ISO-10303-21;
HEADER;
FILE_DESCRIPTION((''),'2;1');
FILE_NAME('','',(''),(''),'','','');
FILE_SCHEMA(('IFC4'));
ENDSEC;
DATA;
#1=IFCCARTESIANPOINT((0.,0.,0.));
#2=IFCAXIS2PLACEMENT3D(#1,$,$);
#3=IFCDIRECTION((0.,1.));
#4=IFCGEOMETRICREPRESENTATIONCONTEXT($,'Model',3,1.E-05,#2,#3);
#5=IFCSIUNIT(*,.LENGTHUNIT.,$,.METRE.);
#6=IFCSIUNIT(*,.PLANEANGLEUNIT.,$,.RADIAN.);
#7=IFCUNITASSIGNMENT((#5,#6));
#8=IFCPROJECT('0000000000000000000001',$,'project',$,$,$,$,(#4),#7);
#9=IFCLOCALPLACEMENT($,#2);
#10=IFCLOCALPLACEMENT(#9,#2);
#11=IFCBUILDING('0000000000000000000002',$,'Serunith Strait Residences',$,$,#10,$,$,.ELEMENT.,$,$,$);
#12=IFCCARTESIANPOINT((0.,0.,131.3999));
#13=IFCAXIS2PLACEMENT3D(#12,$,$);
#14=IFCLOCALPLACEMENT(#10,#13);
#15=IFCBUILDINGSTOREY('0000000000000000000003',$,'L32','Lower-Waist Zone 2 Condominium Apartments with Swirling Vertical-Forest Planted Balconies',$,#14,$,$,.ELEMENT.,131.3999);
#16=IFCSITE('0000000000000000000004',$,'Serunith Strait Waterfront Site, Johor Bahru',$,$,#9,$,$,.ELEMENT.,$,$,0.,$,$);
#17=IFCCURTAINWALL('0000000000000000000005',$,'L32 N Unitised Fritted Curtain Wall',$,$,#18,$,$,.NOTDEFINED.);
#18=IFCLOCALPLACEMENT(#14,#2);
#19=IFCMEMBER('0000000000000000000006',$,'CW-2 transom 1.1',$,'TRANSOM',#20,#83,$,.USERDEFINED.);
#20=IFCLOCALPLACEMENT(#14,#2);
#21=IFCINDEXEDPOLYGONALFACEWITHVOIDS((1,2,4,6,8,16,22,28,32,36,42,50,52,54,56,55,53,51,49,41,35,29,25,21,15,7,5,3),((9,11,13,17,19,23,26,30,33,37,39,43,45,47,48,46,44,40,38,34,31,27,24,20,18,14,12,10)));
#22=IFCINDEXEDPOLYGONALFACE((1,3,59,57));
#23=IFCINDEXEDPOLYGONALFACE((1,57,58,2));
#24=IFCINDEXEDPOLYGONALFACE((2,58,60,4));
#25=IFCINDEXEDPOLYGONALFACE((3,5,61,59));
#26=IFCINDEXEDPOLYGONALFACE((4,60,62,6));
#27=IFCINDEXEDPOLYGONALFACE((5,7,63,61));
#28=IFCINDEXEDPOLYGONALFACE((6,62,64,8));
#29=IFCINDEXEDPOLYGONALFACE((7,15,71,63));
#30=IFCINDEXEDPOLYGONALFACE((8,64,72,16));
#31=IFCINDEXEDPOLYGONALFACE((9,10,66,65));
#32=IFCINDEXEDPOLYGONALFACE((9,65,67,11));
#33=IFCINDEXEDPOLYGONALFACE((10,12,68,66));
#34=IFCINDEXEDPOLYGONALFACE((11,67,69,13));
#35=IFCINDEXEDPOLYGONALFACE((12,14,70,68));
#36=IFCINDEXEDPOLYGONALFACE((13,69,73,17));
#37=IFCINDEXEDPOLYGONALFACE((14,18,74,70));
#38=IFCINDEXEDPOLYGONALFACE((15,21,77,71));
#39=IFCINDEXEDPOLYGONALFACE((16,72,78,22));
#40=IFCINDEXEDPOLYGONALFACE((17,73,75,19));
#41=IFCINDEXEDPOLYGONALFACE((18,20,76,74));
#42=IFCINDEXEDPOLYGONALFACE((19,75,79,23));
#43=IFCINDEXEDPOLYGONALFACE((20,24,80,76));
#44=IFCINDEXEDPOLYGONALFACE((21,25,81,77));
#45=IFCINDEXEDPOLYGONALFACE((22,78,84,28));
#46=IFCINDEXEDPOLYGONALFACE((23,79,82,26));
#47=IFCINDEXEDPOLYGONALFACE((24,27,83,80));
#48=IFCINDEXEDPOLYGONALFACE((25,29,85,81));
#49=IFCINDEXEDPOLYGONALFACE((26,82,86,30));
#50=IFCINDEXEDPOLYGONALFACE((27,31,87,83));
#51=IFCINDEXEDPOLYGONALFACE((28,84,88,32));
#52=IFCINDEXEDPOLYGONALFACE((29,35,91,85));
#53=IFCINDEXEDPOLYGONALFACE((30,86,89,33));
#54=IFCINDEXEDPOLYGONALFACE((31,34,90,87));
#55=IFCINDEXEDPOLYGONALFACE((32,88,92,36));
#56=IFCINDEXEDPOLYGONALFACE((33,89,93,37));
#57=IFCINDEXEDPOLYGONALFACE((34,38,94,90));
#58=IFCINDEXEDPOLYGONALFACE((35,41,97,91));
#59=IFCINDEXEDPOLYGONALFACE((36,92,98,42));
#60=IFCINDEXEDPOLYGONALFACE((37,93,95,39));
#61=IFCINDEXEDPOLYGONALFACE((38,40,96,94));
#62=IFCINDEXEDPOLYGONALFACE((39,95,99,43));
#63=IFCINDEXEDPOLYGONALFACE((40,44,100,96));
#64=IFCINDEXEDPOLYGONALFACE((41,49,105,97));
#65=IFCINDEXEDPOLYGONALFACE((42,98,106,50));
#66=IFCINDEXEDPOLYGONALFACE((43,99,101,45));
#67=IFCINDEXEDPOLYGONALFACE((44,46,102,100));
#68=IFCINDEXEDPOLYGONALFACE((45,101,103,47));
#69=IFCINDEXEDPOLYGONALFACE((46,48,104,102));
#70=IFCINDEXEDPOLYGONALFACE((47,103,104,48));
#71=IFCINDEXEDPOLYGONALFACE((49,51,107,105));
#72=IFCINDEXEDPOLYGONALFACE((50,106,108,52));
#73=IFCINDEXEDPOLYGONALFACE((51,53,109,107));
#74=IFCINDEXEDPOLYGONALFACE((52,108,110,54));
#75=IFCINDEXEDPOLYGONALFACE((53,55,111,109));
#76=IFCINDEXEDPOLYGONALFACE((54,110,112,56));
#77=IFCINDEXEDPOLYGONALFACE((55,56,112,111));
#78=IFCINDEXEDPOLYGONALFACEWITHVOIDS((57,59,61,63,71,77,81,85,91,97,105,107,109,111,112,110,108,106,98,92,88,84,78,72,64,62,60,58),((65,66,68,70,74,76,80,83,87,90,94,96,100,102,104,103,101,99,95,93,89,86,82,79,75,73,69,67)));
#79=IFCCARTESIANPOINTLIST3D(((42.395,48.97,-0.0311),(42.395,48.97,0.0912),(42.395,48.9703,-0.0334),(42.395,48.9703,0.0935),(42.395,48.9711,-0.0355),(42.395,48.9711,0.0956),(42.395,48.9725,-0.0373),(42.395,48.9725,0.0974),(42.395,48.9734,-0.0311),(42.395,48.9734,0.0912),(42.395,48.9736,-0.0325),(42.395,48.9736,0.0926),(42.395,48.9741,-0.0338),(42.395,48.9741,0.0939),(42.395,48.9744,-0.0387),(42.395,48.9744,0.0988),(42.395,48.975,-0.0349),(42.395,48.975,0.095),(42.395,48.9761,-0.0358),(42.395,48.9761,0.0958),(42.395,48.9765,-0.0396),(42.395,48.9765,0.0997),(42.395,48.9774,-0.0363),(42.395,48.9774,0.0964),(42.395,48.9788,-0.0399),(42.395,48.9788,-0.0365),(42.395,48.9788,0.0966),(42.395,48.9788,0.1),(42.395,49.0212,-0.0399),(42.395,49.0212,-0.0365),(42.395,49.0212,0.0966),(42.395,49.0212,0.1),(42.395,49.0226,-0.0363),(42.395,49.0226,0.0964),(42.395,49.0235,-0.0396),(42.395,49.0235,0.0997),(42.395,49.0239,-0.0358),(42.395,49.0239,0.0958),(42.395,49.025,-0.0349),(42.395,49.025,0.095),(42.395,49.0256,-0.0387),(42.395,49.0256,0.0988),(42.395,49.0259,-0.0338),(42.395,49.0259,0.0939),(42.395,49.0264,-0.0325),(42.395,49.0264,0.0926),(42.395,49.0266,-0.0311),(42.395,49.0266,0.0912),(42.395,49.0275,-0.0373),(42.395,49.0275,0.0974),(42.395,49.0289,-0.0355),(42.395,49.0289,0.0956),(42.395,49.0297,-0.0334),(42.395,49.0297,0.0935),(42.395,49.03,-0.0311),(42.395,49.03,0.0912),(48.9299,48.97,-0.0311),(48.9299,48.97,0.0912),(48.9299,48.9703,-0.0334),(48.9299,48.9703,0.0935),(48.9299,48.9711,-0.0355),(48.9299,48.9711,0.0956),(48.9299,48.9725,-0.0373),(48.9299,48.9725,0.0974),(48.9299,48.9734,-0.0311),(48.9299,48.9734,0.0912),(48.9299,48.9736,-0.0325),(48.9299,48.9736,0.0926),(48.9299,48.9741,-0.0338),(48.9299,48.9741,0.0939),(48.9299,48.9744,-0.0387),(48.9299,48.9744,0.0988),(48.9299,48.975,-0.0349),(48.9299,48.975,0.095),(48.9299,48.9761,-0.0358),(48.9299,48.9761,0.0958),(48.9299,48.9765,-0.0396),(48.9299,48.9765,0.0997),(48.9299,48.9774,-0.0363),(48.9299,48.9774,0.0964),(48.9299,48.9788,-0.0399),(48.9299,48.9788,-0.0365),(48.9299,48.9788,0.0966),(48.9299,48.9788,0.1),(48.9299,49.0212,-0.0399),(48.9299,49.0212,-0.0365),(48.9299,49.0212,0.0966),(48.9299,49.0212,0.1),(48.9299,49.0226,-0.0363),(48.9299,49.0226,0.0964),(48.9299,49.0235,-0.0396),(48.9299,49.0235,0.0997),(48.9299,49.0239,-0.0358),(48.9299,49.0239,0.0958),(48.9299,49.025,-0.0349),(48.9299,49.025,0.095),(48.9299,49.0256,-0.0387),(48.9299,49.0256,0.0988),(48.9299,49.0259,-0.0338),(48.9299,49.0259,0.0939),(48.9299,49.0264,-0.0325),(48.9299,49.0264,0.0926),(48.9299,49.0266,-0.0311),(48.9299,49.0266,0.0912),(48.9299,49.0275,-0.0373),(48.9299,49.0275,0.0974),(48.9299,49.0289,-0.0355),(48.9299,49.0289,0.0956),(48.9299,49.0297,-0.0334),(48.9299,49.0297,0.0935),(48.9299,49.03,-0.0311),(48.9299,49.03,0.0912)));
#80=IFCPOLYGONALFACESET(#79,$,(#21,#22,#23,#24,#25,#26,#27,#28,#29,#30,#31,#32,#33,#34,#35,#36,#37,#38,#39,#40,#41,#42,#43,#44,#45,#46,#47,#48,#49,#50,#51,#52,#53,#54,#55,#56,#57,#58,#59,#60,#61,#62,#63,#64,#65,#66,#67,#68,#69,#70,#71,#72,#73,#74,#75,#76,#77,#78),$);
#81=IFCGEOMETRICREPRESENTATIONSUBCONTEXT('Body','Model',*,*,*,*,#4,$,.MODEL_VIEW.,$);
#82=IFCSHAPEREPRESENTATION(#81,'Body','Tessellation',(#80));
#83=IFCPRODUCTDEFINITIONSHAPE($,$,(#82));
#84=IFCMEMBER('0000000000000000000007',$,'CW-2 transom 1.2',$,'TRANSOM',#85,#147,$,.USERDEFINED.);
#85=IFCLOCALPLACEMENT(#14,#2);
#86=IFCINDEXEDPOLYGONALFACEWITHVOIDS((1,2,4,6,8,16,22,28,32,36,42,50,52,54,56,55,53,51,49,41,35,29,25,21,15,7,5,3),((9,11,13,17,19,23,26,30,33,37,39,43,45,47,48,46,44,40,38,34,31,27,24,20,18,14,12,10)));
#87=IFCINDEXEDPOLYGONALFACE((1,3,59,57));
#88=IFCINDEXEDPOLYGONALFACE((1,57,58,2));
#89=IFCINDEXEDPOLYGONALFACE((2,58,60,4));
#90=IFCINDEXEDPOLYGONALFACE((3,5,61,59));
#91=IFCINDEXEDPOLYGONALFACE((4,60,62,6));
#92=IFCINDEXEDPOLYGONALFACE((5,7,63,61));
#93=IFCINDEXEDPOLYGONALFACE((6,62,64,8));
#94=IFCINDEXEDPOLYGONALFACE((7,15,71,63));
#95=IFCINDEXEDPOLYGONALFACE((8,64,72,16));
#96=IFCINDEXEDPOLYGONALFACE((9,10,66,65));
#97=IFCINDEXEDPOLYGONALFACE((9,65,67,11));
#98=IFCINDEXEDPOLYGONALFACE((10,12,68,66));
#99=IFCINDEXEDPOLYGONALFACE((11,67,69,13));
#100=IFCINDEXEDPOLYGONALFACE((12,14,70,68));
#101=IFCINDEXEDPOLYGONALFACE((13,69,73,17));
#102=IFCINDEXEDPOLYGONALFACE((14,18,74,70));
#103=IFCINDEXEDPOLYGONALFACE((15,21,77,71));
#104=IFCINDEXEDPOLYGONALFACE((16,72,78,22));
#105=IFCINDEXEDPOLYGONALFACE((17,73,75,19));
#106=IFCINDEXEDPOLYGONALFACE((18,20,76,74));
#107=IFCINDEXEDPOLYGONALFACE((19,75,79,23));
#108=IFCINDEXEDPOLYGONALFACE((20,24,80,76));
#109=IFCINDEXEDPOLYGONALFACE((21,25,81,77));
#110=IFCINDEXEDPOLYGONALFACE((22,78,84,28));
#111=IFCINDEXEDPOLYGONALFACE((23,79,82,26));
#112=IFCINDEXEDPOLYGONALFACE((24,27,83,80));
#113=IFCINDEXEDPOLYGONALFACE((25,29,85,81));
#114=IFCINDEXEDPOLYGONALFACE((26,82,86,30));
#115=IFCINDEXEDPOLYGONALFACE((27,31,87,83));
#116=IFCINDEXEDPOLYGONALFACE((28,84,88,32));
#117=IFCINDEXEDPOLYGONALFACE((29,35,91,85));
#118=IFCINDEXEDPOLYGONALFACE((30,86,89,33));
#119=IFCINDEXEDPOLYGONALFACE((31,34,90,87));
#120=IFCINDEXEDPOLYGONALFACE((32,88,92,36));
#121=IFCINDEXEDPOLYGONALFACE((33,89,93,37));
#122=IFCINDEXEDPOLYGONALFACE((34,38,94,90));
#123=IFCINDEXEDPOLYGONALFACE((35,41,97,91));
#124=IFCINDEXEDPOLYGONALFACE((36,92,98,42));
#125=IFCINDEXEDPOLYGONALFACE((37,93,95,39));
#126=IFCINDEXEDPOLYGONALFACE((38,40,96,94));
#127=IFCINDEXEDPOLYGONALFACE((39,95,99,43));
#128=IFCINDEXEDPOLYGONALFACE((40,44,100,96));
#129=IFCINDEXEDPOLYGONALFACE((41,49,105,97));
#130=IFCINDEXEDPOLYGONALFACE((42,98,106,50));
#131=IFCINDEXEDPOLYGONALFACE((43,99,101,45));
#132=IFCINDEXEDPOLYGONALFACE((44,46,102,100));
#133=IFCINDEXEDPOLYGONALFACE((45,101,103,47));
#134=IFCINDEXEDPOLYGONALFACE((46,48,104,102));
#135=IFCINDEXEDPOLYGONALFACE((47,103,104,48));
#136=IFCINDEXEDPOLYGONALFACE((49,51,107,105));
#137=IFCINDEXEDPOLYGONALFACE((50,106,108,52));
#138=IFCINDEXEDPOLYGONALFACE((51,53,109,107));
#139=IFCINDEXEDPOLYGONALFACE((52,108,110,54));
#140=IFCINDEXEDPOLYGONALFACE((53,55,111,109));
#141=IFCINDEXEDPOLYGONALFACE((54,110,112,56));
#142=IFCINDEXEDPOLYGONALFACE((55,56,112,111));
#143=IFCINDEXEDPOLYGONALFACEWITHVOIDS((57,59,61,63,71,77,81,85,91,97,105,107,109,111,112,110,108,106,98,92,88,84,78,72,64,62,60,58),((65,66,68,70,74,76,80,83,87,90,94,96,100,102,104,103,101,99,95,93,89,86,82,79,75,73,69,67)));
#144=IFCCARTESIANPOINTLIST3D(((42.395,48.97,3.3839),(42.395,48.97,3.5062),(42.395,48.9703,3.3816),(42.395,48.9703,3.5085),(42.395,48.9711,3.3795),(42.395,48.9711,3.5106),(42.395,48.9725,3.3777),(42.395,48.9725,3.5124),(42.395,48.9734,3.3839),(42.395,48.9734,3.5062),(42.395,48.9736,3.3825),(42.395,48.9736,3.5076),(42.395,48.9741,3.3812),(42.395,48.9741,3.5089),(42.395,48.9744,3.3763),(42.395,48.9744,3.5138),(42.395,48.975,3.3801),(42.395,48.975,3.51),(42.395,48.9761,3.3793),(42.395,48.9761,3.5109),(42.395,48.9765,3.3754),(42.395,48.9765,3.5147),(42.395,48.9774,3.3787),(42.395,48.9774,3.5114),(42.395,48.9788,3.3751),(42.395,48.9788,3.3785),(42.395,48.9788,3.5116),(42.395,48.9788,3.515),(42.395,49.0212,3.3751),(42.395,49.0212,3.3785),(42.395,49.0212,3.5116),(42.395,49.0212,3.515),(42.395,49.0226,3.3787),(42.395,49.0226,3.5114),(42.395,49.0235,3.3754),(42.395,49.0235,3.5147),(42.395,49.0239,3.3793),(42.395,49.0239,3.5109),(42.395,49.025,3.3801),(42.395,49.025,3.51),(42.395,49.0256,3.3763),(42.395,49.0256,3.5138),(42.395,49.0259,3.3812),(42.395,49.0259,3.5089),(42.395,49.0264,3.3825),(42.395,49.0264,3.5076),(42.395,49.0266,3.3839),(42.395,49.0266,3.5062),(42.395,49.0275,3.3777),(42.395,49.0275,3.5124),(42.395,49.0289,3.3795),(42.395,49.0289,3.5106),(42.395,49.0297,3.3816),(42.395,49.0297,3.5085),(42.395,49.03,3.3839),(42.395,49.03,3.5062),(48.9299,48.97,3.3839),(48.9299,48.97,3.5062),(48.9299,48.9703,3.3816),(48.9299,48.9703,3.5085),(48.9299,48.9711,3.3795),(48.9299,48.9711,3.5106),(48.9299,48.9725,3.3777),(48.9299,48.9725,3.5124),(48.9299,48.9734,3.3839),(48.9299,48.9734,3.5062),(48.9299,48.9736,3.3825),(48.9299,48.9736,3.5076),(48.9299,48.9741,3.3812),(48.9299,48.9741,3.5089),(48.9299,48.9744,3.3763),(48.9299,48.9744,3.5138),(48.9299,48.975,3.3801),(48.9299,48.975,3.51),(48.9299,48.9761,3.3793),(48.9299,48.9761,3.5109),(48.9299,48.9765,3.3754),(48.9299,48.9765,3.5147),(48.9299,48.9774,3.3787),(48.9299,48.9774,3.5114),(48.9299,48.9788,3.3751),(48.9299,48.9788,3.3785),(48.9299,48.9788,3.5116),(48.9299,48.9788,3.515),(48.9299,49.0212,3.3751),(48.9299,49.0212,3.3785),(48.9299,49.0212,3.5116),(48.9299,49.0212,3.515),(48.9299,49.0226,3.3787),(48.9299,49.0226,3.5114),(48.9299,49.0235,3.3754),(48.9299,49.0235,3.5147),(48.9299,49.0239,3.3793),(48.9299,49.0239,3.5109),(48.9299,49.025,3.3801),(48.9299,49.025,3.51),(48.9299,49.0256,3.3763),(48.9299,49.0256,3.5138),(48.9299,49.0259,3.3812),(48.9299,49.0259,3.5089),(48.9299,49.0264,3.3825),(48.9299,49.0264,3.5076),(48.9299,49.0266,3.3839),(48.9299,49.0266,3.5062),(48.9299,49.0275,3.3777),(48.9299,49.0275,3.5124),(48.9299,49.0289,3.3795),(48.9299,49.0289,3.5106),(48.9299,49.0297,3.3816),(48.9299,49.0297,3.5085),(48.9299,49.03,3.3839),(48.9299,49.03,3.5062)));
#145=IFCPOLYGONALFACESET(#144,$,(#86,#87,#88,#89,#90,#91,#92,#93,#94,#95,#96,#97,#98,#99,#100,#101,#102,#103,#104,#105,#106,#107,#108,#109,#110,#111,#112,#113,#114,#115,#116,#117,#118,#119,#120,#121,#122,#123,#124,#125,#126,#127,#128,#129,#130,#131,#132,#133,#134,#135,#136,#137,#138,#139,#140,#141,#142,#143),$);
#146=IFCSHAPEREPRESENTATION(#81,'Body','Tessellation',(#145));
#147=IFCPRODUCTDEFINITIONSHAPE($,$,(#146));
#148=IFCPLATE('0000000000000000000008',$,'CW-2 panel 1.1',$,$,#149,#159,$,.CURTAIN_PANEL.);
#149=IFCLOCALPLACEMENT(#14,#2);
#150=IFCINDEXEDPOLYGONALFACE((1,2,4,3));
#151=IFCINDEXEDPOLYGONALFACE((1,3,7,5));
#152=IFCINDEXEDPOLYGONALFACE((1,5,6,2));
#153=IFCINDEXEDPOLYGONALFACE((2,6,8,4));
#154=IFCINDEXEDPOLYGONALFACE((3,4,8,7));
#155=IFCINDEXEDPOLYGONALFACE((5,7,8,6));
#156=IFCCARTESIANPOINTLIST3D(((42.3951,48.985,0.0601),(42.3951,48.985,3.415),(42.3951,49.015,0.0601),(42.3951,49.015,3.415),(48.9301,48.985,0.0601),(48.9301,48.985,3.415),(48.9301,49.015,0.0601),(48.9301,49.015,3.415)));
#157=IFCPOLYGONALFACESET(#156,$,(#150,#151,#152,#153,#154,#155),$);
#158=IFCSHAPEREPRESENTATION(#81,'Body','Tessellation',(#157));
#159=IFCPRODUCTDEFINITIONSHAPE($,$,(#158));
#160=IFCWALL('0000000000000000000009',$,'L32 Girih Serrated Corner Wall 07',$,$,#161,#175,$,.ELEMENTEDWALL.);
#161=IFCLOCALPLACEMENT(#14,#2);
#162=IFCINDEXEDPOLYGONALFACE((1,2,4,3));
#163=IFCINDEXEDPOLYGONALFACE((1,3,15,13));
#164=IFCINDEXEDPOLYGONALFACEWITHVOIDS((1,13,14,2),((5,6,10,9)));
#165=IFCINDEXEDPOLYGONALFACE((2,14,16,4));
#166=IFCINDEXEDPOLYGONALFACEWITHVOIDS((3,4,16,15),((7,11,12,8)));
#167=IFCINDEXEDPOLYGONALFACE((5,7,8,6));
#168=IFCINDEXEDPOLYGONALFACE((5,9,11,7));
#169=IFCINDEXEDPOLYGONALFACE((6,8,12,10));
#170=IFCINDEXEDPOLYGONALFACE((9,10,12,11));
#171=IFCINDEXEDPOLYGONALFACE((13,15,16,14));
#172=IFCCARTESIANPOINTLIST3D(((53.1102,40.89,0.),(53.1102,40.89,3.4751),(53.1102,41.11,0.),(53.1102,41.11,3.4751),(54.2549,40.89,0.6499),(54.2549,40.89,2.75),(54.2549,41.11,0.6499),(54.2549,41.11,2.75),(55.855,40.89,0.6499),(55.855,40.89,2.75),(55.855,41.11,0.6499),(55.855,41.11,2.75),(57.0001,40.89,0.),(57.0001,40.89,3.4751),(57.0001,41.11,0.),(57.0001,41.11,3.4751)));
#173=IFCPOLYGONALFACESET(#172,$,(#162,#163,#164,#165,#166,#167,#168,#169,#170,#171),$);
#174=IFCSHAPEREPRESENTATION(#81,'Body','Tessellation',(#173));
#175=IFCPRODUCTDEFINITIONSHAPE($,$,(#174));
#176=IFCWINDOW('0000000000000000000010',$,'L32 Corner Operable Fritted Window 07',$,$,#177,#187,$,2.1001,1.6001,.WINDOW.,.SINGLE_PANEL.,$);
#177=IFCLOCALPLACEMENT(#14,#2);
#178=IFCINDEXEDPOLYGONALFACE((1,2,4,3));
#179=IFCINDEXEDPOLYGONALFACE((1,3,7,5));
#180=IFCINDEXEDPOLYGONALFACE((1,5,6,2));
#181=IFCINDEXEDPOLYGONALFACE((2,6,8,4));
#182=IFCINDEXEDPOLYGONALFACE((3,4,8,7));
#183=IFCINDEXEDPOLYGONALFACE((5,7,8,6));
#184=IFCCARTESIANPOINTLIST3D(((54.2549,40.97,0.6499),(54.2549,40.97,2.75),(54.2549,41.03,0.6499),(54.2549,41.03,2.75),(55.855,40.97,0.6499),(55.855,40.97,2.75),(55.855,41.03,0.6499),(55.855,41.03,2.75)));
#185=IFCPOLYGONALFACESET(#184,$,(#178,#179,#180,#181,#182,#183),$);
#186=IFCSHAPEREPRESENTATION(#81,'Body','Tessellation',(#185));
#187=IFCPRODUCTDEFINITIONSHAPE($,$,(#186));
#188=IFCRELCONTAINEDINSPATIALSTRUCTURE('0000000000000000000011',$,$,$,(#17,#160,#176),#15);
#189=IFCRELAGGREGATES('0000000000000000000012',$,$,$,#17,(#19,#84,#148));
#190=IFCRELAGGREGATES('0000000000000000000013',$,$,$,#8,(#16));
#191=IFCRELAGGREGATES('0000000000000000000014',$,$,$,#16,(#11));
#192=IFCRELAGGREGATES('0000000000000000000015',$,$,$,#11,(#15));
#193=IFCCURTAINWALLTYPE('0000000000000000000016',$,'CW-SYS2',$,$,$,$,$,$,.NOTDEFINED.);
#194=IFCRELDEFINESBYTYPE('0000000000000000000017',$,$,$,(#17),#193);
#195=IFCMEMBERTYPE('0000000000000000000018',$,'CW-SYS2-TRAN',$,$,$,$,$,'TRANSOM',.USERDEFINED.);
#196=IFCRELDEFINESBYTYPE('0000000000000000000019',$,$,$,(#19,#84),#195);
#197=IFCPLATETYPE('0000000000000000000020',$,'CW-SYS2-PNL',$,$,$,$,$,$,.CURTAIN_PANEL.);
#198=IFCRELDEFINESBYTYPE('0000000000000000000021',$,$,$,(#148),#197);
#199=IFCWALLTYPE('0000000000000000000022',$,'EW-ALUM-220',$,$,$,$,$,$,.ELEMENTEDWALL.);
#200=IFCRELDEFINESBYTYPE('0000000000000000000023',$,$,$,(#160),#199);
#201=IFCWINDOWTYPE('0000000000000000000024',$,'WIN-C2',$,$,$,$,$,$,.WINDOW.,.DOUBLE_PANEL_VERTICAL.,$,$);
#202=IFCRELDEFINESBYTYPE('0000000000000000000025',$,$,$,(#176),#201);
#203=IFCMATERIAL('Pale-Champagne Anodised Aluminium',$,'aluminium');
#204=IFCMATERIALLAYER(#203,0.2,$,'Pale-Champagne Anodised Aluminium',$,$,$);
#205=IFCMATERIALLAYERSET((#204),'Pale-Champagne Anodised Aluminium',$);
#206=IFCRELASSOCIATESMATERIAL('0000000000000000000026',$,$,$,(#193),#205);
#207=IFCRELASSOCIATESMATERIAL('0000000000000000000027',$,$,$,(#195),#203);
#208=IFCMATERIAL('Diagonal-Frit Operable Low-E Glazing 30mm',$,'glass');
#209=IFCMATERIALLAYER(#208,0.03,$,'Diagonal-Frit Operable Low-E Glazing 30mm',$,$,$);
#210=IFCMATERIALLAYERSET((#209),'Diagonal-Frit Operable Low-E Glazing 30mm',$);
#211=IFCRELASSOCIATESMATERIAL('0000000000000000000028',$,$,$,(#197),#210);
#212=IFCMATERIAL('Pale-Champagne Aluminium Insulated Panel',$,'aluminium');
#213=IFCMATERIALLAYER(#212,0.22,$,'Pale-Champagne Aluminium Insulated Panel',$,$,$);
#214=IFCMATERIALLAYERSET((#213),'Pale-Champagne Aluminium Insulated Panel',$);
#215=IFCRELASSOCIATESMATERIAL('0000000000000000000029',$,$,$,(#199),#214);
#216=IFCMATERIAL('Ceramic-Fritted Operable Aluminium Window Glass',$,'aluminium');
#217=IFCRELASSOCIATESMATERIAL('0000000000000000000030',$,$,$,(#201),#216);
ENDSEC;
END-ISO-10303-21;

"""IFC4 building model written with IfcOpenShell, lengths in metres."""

from ifc_helpers import new_model, si_unit, direction, frame, frame_2d, origin, origin_2d, place, context, subcontext, project, spatial, rectangle, hollow_rectangle, extrude, source, transform, mapped, material, layer, layer_set, material_profile, profile_set, type_object, element, fill, aggregate, save


model = new_model("IFC4")

# Units and contexts
model_context = context("Model", 3, precision=1e-05, world=origin(), true_north=direction((0.0, 1.0)))
body_context = subcontext(model_context, "Body", "Model", "MODEL_VIEW")
ifc_project = project(units=[si_unit("LENGTHUNIT", "METRE"), si_unit("PLANEANGLEUNIT", "RADIAN")], contexts=[model_context])

# Site, building, storey
site_placement = place(None, origin())
site = spatial("IfcSite", under=ifc_project, at=site_placement, Name="Serunith Strait Waterfront Site, Johor Bahru", CompositionType="ELEMENT", RefElevation=0.0)
building_placement = place(site_placement, origin())
building = spatial("IfcBuilding", under=site, at=building_placement, Name="Serunith Strait Residences", CompositionType="ELEMENT")
storey_placement = place(building_placement, frame((0.0, 0.0, 131.3999)))
storey = spatial("IfcBuildingStorey", under=building, at=storey_placement, Name="L32", Description="Lower-Waist Zone 2 Condominium Apartments with Swirling Vertical-Forest Planted Balconies", CompositionType="ELEMENT", Elevation=131.3999)

# Shared definitions
ifc_material_1 = material(Name="Pale-Champagne Anodised Aluminium", Category="aluminium")
ifc_layer_1 = layer(ifc_material_1, 0.2, Name="Pale-Champagne Anodised Aluminium")
ifc_layer_set_1 = layer_set([ifc_layer_1], Name="Pale-Champagne Anodised Aluminium")
curtain_wall_type = type_object("IfcCurtainWallType", Name="CW-SYS2", PredefinedType="NOTDEFINED", material=ifc_layer_set_1)

# Curtain wall, members, plate
curtain_wall_1_placement = place(storey_placement, origin())
curtain_wall_1 = element("IfcCurtainWall", 1, at=curtain_wall_1_placement, inside=storey, type_object=curtain_wall_type, Name="L32 N Unitised Fritted Curtain Wall", PredefinedType="NOTDEFINED")
ifc_material_profile_1 = material_profile(ifc_material_1, hollow_rectangle(XDim=0.0601, YDim=0.1399, WallThickness=0.0034, InnerFilletRadius=0.0054, OuterFilletRadius=0.0088, at=origin_2d()), Name="ALU 140x60x3.5")
ifc_profile_set_1 = profile_set([ifc_material_profile_1], Name="Pale-Champagne Anodised Aluminium")
member_type_1 = type_object("IfcMemberType", Name="CW-SYS2-TRAN", ElementType="TRANSOM", PredefinedType="USERDEFINED", material=ifc_profile_set_1)
shared_shape_1 = source(origin(), body_context, "Body", "SweptSolid", [
    extrude(hollow_rectangle(XDim=0.0601, YDim=0.1399, WallThickness=0.0034, InnerFilletRadius=0.0054, OuterFilletRadius=0.0088, at=origin_2d()), origin(), (0.0, 0.0, 1.0), 6.5349),
])
member_1_placement = place(storey_placement, frame((48.9299, 49.0, 0.03), z_axis=(-1.0, 0.0, 0.0), x_axis=(0.0, -1.0, 0.0)))
member_1 = element("IfcMember", 2, at=member_1_placement, type_object=member_type_1, Name="CW-2 transom 1.1", ObjectType="TRANSOM", PredefinedType="USERDEFINED", context=body_context, shape_type="MappedRepresentation", body=[
    mapped(shared_shape_1, transform((0.0, 0.0, 0.0), scale=1.0)),
])
member_2_placement = place(storey_placement, frame((48.9299, 49.0, 3.4451), z_axis=(-1.0, 0.0, 0.0), x_axis=(0.0, -1.0, 0.0)))
member_2 = element("IfcMember", 3, at=member_2_placement, type_object=member_type_1, Name="CW-2 transom 1.2", ObjectType="TRANSOM", PredefinedType="USERDEFINED", context=body_context, shape_type="MappedRepresentation", body=[
    mapped(shared_shape_1, transform((0.0, 0.0, 0.0), scale=1.0)),
])
ifc_material_2 = material(Name="Diagonal-Frit Operable Low-E Glazing 30mm", Category="glass")
ifc_layer_2 = layer(ifc_material_2, 0.03, Name="Diagonal-Frit Operable Low-E Glazing 30mm")
ifc_layer_set_2 = layer_set([ifc_layer_2], Name="Diagonal-Frit Operable Low-E Glazing 30mm")
plate_type = type_object("IfcPlateType", Name="CW-SYS2-PNL", PredefinedType="CURTAIN_PANEL", material=ifc_layer_set_2)
shared_shape_2 = source(origin(), body_context, "Body", "SweptSolid", [
    extrude(rectangle(XDim=6.5349, YDim=0.03, at=origin_2d()), origin(), (0.0, 0.0, 1.0), 3.355),
])
plate_placement = place(storey_placement, frame((45.6626, 49.0, 0.0601), z_axis=(0.0, 0.0, 1.0), x_axis=(-1.0, 0.0, 0.0)))
plate = element("IfcPlate", 4, at=plate_placement, type_object=plate_type, Name="CW-2 panel 1.1", PredefinedType="CURTAIN_PANEL", context=body_context, shape_type="MappedRepresentation", body=[
    mapped(shared_shape_2, transform((0.0, 0.0, 0.0), scale=1.0)),
])
aggregate(curtain_wall_1, [member_1, member_2, plate])

# Wall, opening, window
ifc_material_3 = material(Name="Pale-Champagne Aluminium Insulated Panel", Category="aluminium")
ifc_layer_3 = layer(ifc_material_3, 0.22, Name="Pale-Champagne Aluminium Insulated Panel")
ifc_layer_set_3 = layer_set([ifc_layer_3], Name="Pale-Champagne Aluminium Insulated Panel")
wall_type_1 = type_object("IfcWallType", Name="EW-ALUM-220", PredefinedType="ELEMENTEDWALL", material=ifc_layer_set_3)
wall_1_placement = place(storey_placement, frame((57.0, 41.0, 0.0), z_axis=(0.0, 0.0, 1.0), x_axis=(-1.0, 0.0, 0.0)))
wall_1 = element("IfcWall", 5, at=wall_1_placement, inside=storey, type_object=wall_type_1, Name="L32 Girih Serrated Corner Wall 07", PredefinedType="ELEMENTEDWALL", context=body_context, shape_type="SweptSolid", body=[
    extrude(rectangle(XDim=3.8899, YDim=0.22, at=frame_2d((1.9448, 0.0))), origin(), (0.0, 0.0, 1.0), 3.4751),
])
opening_1_placement = place(wall_1_placement, frame((1.145, 0.0, 0.6499)))
opening_1 = element("IfcOpeningElement", 6, at=opening_1_placement, cuts=wall_1, PredefinedType="OPENING", context=body_context, shape_type="SweptSolid", body=[
    extrude(rectangle(XDim=1.6001, YDim=2.1001, at=frame_2d((0.8, 1.05))), frame((0.0, 0.1201, 0.0), z_axis=(0.0, -1.0, 0.0), x_axis=(1.0, 0.0, 0.0)), (0.0, 0.0, 1.0), 0.24),
])
ifc_material_4 = material(Name="Ceramic-Fritted Operable Aluminium Window Glass", Category="aluminium")
window_type = type_object("IfcWindowType", Name="WIN-C2", PartitioningType="DOUBLE_PANEL_VERTICAL", PredefinedType="WINDOW", material=ifc_material_4)
shared_shape_3 = source(origin(), body_context, "Body", "SweptSolid", [
    extrude(rectangle(XDim=1.6001, YDim=2.1001, at=frame_2d((0.8, 1.05))), frame((0.0, 0.03, 0.0), z_axis=(0.0, -1.0, 0.0), x_axis=(1.0, 0.0, 0.0)), (0.0, 0.0, 1.0), 0.0601),
])
window_1_placement = place(opening_1_placement, origin())
window_1 = element("IfcWindow", 7, at=window_1_placement, inside=storey, type_object=window_type, Name="L32 Corner Operable Fritted Window 07", OverallHeight=2.1001, OverallWidth=1.6001, PartitioningType="SINGLE_PANEL", PredefinedType="WINDOW", context=body_context, shape_type="MappedRepresentation", body=[
    mapped(shared_shape_3, transform((0.0, 0.0, 0.0), scale=1.0)),
])
fill(opening_1, window_1)

save(model, "model.ifc")
